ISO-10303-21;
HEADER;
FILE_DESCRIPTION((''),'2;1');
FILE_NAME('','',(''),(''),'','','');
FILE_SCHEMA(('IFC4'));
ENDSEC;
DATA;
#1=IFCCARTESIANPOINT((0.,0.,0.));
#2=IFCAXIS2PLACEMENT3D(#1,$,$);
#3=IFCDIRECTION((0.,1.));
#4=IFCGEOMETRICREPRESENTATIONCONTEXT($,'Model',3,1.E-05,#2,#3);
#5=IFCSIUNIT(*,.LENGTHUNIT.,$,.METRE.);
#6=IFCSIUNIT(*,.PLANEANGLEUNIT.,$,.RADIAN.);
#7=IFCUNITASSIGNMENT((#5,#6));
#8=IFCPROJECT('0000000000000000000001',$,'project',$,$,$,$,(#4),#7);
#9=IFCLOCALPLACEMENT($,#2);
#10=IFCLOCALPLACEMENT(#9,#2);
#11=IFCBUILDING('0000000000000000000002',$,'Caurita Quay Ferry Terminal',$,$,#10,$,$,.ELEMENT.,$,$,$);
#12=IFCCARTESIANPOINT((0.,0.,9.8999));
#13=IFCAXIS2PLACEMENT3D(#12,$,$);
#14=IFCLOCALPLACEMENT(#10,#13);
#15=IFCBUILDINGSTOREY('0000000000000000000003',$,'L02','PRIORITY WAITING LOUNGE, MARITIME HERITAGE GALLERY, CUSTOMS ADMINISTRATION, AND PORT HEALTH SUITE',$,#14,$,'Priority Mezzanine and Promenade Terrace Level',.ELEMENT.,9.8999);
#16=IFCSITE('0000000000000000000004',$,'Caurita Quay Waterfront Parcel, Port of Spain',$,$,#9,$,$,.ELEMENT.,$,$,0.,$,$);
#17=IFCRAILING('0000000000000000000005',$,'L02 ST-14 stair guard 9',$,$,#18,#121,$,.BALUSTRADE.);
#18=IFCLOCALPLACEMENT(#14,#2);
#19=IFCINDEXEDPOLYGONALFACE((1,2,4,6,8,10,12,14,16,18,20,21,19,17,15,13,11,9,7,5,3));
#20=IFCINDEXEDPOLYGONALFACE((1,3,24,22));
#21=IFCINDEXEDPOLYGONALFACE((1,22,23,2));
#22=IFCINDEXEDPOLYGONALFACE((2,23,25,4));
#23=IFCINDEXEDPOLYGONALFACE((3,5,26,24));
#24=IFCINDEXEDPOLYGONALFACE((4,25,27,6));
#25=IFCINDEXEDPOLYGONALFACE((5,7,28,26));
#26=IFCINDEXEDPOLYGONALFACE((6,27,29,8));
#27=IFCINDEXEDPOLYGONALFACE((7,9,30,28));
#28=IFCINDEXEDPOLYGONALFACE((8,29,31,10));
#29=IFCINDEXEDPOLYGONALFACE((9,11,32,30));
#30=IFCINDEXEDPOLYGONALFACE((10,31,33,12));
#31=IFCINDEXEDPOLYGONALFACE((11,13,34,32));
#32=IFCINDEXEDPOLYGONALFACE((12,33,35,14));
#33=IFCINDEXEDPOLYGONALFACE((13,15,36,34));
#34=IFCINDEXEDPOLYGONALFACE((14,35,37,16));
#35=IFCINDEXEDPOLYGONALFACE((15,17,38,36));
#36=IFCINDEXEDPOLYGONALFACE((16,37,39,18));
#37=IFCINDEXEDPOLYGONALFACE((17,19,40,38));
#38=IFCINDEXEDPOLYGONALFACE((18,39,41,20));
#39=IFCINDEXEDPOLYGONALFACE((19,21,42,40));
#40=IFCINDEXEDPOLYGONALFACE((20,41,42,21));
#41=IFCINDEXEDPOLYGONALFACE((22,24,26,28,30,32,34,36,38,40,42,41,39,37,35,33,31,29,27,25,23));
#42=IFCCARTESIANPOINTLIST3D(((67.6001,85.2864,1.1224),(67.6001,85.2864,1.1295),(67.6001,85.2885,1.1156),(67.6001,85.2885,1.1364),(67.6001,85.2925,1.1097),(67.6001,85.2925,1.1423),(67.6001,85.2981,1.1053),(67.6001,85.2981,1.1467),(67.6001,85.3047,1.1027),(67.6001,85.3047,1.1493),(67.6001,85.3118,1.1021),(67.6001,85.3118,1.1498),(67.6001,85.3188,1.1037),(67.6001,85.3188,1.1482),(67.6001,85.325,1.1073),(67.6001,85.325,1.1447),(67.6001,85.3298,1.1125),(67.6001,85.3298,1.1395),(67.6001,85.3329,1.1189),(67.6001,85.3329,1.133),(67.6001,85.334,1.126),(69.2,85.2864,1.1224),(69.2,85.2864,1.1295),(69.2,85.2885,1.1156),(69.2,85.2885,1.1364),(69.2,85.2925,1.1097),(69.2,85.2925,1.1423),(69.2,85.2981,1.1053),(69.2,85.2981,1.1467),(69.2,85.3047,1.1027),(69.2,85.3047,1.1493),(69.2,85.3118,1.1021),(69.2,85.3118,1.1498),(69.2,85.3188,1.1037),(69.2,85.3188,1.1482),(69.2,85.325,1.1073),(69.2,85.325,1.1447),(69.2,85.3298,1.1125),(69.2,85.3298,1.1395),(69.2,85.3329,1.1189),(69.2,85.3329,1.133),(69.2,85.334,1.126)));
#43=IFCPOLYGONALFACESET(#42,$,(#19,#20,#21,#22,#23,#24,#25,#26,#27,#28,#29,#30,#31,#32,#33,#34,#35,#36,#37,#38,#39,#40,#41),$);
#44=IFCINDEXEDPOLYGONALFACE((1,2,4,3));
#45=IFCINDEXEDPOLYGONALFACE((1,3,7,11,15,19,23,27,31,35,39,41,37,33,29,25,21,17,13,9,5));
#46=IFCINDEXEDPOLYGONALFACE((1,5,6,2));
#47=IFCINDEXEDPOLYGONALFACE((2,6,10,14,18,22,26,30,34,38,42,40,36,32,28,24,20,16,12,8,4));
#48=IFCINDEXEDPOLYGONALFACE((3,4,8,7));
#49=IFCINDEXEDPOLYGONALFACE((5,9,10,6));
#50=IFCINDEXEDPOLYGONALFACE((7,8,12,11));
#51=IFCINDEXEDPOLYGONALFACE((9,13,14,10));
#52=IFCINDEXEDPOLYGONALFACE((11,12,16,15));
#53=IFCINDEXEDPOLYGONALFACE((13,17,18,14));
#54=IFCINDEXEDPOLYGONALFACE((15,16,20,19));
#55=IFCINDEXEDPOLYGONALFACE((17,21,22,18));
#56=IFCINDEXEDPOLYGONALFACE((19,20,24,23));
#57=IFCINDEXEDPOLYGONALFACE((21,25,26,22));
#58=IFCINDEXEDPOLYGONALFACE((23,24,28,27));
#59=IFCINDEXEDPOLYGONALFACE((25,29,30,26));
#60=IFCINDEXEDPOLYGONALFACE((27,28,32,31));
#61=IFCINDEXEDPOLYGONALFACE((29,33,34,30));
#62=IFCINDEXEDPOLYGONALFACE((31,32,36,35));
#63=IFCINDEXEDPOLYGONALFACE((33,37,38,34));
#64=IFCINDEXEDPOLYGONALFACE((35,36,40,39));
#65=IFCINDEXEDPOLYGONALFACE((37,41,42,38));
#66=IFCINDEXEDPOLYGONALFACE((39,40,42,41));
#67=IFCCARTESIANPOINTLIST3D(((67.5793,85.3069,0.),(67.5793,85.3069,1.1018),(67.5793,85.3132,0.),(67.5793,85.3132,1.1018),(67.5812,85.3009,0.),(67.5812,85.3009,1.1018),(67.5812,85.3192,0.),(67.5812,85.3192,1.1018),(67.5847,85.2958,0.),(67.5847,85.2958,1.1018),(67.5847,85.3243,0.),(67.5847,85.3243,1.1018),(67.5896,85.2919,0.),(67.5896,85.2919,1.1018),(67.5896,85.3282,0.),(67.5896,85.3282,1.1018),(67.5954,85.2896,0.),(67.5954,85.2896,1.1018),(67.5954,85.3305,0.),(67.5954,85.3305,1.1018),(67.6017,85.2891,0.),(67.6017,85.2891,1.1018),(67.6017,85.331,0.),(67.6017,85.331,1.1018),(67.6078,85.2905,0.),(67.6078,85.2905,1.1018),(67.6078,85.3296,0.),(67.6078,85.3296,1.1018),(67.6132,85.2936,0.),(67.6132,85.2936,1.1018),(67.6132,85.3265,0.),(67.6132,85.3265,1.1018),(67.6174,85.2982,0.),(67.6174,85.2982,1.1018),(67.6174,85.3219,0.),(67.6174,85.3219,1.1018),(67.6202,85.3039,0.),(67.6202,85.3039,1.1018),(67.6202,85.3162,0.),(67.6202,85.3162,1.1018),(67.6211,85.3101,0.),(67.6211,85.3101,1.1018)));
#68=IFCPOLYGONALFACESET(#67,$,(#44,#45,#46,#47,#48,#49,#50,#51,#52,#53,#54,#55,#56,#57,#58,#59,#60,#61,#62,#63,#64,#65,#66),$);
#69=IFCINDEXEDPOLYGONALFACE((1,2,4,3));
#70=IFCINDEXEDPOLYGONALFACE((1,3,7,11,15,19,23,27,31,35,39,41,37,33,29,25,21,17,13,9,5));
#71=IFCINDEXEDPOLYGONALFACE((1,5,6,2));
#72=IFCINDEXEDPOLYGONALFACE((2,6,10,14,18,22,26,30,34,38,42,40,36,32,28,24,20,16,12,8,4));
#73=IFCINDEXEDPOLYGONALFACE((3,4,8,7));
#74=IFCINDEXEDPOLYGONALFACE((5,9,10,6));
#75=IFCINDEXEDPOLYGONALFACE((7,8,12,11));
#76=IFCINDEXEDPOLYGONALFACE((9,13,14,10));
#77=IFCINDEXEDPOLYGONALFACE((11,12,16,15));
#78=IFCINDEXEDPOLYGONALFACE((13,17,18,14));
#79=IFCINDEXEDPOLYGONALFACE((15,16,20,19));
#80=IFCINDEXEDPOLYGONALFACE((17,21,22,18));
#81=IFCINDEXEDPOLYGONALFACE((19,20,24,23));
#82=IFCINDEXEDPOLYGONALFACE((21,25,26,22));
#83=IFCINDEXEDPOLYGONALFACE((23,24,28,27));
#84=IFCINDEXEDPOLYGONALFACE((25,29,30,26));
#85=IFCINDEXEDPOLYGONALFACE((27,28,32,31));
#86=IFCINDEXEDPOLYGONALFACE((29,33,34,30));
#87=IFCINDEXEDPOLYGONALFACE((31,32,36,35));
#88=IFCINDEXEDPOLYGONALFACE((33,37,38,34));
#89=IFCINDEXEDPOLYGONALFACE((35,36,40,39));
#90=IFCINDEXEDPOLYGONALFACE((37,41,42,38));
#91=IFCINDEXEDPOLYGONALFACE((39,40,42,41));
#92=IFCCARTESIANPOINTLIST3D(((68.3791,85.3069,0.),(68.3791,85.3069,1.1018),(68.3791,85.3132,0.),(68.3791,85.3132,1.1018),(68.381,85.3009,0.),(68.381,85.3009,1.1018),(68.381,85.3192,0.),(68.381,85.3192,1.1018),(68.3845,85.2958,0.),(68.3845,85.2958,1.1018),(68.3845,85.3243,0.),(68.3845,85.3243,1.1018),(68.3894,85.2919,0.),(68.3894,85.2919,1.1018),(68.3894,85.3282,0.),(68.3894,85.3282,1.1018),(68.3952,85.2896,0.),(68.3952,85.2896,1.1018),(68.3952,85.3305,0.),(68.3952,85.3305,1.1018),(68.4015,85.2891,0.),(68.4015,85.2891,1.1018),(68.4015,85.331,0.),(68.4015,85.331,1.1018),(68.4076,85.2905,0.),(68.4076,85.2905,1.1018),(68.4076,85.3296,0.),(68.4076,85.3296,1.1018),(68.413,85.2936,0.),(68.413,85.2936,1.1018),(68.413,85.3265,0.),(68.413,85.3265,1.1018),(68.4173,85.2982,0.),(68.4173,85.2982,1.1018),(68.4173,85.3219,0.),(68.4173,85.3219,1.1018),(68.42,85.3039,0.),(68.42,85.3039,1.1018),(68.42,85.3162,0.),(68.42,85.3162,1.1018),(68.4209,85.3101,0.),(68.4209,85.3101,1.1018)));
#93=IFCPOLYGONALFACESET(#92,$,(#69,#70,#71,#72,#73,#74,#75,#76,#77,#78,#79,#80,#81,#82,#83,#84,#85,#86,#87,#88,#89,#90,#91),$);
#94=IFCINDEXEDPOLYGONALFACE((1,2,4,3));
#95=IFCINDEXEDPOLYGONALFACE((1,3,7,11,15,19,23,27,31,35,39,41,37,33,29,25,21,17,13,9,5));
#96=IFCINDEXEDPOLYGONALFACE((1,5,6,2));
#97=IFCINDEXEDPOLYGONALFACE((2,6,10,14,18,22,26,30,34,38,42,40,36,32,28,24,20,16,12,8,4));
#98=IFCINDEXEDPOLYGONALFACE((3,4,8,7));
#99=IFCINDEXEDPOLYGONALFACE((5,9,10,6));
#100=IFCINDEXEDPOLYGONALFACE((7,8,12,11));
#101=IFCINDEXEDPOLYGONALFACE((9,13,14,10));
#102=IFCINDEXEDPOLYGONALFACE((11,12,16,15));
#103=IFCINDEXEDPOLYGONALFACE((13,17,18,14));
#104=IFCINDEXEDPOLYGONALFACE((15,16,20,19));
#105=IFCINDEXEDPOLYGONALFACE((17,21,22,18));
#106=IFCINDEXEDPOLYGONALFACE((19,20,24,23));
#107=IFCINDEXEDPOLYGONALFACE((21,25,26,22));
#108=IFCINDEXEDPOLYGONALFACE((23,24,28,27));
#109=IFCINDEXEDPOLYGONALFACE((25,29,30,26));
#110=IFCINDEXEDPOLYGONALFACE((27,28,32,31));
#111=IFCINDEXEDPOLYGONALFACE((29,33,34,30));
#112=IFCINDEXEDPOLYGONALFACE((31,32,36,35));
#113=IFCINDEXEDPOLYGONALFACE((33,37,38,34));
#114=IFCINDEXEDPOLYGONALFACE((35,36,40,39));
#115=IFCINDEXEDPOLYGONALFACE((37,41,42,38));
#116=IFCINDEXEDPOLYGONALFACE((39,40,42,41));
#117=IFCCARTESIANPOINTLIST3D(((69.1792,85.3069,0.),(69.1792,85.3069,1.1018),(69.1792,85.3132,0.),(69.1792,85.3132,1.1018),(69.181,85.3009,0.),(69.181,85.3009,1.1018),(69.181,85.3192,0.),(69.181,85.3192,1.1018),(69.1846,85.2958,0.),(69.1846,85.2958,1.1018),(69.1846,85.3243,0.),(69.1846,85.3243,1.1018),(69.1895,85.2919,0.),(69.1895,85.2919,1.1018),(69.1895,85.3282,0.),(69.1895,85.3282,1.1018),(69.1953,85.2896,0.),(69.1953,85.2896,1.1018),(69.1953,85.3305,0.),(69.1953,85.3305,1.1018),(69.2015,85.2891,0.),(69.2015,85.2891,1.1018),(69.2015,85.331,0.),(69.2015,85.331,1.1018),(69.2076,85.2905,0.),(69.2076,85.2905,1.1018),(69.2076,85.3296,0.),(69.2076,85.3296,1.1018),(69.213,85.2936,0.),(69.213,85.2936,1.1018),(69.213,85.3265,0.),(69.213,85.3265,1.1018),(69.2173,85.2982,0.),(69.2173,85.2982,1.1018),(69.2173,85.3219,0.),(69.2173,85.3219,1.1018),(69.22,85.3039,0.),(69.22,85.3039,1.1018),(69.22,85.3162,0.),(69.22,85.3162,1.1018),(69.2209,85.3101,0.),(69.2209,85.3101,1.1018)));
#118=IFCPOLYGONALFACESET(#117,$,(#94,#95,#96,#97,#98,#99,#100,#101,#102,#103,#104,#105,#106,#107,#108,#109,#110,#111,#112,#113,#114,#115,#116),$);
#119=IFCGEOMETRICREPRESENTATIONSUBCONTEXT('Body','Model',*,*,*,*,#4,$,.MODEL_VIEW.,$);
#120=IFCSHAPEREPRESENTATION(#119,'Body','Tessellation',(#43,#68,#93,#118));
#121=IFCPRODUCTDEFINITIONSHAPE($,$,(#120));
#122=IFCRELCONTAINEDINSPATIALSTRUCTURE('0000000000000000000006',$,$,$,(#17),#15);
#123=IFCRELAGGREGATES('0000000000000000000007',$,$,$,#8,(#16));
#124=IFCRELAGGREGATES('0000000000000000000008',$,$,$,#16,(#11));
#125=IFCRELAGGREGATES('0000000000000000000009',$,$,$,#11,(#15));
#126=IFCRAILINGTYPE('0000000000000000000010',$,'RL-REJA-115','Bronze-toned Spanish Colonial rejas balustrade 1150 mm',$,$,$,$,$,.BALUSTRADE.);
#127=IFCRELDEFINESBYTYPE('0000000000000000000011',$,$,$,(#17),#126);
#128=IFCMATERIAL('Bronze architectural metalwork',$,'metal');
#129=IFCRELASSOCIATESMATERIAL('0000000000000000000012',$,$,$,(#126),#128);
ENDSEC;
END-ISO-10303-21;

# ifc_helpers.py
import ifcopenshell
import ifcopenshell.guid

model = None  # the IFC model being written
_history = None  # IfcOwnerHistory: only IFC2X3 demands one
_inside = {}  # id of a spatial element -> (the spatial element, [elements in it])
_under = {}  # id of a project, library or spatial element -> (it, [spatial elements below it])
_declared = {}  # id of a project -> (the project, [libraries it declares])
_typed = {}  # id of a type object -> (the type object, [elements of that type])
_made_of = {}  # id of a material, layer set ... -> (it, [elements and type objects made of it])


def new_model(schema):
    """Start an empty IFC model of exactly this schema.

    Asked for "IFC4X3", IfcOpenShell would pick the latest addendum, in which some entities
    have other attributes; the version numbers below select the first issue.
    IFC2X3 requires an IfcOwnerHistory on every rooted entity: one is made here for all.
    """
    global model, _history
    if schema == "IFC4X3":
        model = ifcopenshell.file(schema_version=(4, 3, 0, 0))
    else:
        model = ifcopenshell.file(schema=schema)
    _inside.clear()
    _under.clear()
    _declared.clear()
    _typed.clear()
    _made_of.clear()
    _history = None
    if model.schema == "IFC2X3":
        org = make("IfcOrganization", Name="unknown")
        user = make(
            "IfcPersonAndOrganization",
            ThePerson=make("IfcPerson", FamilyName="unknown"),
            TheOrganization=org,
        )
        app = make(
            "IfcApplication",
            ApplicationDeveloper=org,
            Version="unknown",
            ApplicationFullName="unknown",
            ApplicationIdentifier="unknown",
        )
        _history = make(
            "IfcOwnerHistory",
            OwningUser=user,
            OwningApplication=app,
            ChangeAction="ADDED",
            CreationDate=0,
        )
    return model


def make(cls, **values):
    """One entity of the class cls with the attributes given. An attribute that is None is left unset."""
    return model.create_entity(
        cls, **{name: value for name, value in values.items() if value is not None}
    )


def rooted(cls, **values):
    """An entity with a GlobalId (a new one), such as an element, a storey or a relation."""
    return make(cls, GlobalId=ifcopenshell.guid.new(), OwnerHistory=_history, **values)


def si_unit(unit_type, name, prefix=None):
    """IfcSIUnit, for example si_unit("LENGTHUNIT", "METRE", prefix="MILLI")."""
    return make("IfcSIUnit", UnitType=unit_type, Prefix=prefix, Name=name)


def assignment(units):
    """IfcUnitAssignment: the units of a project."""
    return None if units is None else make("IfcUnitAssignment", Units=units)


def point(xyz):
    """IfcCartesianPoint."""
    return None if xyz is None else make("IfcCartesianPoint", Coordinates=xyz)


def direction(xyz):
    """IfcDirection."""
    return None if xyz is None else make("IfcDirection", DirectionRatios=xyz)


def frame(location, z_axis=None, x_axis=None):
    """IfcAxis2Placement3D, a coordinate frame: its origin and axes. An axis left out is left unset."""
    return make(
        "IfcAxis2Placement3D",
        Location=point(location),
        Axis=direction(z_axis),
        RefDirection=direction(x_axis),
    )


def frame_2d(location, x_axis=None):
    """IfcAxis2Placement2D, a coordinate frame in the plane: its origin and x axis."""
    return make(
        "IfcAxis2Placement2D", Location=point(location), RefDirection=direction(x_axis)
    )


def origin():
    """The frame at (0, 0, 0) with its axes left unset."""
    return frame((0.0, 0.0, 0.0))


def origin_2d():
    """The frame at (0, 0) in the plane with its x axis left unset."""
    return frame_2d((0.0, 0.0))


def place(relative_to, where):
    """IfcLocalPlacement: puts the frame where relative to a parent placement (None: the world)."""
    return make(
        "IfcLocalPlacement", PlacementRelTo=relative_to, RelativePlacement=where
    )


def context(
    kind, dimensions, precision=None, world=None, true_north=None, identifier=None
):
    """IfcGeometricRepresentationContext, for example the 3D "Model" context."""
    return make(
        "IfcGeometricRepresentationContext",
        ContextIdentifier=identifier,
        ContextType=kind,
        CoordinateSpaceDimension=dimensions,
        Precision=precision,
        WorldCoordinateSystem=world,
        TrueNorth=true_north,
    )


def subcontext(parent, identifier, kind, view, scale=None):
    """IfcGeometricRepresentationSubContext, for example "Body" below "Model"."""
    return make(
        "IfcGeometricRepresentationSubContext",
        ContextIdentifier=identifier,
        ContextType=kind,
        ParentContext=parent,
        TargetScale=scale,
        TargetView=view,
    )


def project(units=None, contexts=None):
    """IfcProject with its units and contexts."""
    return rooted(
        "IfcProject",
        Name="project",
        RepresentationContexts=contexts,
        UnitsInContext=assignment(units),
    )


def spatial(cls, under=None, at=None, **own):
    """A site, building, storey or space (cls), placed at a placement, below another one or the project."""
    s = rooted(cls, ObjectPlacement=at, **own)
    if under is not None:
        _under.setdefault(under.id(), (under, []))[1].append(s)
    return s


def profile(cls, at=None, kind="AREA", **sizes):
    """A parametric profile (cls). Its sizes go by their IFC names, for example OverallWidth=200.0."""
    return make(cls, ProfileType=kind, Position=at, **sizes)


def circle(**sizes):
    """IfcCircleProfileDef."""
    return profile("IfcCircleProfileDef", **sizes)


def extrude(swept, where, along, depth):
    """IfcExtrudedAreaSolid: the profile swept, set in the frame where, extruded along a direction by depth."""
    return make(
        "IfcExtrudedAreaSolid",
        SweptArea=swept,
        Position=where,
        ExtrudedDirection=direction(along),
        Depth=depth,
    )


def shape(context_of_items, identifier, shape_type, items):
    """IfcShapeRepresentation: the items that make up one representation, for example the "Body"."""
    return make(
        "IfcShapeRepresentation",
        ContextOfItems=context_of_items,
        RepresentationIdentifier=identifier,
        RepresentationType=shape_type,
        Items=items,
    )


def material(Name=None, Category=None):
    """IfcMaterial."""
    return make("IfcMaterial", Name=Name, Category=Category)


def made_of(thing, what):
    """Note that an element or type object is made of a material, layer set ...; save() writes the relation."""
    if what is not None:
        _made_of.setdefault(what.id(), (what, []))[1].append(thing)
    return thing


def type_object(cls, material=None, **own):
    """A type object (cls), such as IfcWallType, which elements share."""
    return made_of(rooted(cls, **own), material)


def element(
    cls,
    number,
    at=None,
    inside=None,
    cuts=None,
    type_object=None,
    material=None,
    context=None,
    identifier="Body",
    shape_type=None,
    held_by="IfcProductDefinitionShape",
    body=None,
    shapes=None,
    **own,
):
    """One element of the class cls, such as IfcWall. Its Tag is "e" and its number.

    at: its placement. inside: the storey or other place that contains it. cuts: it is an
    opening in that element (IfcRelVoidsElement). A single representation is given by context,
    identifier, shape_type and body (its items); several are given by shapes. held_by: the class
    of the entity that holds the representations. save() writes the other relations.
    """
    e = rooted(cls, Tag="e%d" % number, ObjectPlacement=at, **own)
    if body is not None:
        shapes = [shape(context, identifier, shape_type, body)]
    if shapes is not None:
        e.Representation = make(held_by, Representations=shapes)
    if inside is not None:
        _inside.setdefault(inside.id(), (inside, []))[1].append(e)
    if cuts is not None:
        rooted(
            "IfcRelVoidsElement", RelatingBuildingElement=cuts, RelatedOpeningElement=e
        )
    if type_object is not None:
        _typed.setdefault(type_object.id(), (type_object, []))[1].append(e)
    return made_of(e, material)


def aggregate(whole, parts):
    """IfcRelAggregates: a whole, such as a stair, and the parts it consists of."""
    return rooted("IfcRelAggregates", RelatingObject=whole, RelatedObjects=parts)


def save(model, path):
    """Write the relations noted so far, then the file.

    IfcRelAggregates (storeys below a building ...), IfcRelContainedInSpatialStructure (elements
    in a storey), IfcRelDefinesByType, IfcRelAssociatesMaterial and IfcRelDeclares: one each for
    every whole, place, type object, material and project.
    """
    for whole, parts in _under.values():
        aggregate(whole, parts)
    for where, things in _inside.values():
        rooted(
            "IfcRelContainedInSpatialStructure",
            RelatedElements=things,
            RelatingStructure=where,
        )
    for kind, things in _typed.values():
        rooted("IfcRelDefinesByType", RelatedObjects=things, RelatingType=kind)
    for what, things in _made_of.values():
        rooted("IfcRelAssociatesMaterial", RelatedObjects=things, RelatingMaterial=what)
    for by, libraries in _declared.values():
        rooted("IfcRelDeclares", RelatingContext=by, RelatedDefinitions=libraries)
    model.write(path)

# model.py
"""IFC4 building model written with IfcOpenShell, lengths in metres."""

from ifc_helpers import new_model, si_unit, direction, frame, origin, origin_2d, place, context, subcontext, project, spatial, circle, extrude, material, type_object, element, save


model = new_model("IFC4")

# Units and contexts
model_context = context("Model", 3, precision=1e-05, world=origin(), true_north=direction((0.0, 1.0)))
body_context = subcontext(model_context, "Body", "Model", "MODEL_VIEW")
ifc_project = project(units=[si_unit("LENGTHUNIT", "METRE"), si_unit("PLANEANGLEUNIT", "RADIAN")], contexts=[model_context])

# Site, building, storey
site_placement = place(None, origin())
site = spatial("IfcSite", under=ifc_project, at=site_placement, Name="Caurita Quay Waterfront Parcel, Port of Spain", CompositionType="ELEMENT", RefElevation=0.0)
building_placement = place(site_placement, origin())
building = spatial("IfcBuilding", under=site, at=building_placement, Name="Caurita Quay Ferry Terminal", CompositionType="ELEMENT")
storey_placement = place(building_placement, frame((0.0, 0.0, 9.8999)))
storey = spatial("IfcBuildingStorey", under=building, at=storey_placement, Name="L02", Description="PRIORITY WAITING LOUNGE, MARITIME HERITAGE GALLERY, CUSTOMS ADMINISTRATION, AND PORT HEALTH SUITE", LongName="Priority Mezzanine and Promenade Terrace Level", CompositionType="ELEMENT", Elevation=9.8999)

# Railing
ifc_material_1 = material(Name="Bronze architectural metalwork", Category="metal")
railing_type = type_object("IfcRailingType", Name="RL-REJA-115", Description="Bronze-toned Spanish Colonial rejas balustrade 1150 mm", PredefinedType="BALUSTRADE", material=ifc_material_1)
for number, where, name in (
    (1, (67.6001, 85.3101, 0.0), "L02 ST-14 stair guard 9"),
):
    element("IfcRailing", number, at=place(storey_placement, frame(where)), inside=storey, type_object=railing_type, Name=name, PredefinedType="BALUSTRADE", context=body_context, shape_type="SweptSolid", body=[
        extrude(circle(Radius=0.0239, at=origin_2d()), frame((0.0, 0.0, 1.126), z_axis=(1.0, 0.0, 0.0), x_axis=(0.0, 1.0, 0.0)), (0.0, 0.0, 1.0), 1.5999),
        extrude(circle(Radius=0.021, at=origin_2d()), origin(), (0.0, 0.0, 1.0), 1.1018),
        extrude(circle(Radius=0.021, at=origin_2d()), frame((0.7998, 0.0, 0.0)), (0.0, 0.0, 1.0), 1.1018),
        extrude(circle(Radius=0.021, at=origin_2d()), frame((1.5999, 0.0, 0.0)), (0.0, 0.0, 1.0), 1.1018),
    ])

save(model, "model.ifc")
